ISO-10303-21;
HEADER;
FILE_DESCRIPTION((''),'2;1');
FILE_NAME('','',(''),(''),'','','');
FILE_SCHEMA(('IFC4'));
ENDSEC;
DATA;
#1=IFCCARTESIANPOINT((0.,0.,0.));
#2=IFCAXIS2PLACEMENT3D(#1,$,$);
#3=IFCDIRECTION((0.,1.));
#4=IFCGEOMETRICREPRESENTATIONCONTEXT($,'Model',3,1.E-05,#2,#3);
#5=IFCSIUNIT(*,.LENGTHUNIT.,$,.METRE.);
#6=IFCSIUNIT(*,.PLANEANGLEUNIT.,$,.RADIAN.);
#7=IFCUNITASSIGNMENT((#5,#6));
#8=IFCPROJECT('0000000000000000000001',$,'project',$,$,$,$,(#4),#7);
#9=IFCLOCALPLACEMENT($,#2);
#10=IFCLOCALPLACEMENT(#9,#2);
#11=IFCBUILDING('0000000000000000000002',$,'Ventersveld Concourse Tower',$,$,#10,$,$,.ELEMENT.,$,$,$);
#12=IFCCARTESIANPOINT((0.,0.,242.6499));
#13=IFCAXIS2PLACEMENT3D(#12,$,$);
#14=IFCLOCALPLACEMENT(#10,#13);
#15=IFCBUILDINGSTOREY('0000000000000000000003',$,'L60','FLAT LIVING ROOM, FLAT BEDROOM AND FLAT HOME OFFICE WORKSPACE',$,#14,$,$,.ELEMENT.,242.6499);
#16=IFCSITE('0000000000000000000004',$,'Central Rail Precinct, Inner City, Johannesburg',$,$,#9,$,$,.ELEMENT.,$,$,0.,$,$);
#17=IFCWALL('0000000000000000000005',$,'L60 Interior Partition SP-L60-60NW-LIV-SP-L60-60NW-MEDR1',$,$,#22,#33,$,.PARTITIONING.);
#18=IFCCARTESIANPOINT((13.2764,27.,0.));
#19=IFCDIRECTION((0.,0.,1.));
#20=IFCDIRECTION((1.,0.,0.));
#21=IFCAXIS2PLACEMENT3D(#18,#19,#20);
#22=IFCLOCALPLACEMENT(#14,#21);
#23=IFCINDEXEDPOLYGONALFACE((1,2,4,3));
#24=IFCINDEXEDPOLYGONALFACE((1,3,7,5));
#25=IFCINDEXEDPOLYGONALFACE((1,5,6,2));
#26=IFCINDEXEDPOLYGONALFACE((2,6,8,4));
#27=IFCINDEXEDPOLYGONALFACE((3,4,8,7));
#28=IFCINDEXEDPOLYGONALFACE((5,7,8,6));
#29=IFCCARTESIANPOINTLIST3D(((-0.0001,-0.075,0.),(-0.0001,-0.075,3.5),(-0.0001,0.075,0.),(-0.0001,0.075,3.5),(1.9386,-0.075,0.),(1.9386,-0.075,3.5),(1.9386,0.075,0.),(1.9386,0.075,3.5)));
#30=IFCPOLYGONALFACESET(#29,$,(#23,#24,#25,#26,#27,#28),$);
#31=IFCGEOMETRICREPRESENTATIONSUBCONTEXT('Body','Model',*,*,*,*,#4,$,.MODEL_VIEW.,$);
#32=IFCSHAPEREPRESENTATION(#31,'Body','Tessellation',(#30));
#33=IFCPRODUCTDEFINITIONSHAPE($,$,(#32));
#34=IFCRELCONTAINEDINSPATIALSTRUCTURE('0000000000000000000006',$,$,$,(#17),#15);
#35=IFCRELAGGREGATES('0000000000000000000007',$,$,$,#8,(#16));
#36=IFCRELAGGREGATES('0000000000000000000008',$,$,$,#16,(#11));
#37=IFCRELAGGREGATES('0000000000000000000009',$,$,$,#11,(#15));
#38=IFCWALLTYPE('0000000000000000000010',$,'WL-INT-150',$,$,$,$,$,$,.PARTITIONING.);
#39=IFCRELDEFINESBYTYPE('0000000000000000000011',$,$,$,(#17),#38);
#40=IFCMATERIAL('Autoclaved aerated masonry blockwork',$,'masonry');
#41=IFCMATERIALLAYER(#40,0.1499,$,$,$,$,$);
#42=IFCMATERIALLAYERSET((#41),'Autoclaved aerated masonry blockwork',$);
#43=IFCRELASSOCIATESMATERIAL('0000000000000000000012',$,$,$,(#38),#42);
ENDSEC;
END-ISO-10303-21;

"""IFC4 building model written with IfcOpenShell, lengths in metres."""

from ifc_helpers import new_model, si_unit, direction, frame, frame_2d, origin, place, context, subcontext, project, spatial, rectangle, extrude, material, layer, layer_set, type_object, element, save


model = new_model("IFC4")

# Units and contexts
model_context = context("Model", 3, precision=1e-05, world=origin(), true_north=direction((0.0, 1.0)))
body_context = subcontext(model_context, "Body", "Model", "MODEL_VIEW")
ifc_project = project(units=[si_unit("LENGTHUNIT", "METRE"), si_unit("PLANEANGLEUNIT", "RADIAN")], contexts=[model_context])

# Site, building, storey
site_placement = place(None, origin())
site = spatial("IfcSite", under=ifc_project, at=site_placement, Name="Central Rail Precinct, Inner City, Johannesburg", CompositionType="ELEMENT", RefElevation=0.0)
building_placement = place(site_placement, origin())
building = spatial("IfcBuilding", under=site, at=building_placement, Name="Ventersveld Concourse Tower", CompositionType="ELEMENT")
storey_placement = place(building_placement, frame((0.0, 0.0, 242.6499)))
storey = spatial("IfcBuildingStorey", under=building, at=storey_placement, Name="L60", Description="FLAT LIVING ROOM, FLAT BEDROOM AND FLAT HOME OFFICE WORKSPACE", CompositionType="ELEMENT", Elevation=242.6499)

# Wall
ifc_material_1 = material(Name="Autoclaved aerated masonry blockwork", Category="masonry")
ifc_layer_1 = layer(ifc_material_1, 0.1499)
ifc_layer_set_1 = layer_set([ifc_layer_1], Name="Autoclaved aerated masonry blockwork")
wall_type_1 = type_object("IfcWallType", Name="WL-INT-150", PredefinedType="PARTITIONING", material=ifc_layer_set_1)
wall_1_placement = place(storey_placement, frame((13.2764, 27.0, 0.0), z_axis=(0.0, 0.0, 1.0), x_axis=(1.0, 0.0, 0.0)))
element("IfcWall", 1, at=wall_1_placement, inside=storey, type_object=wall_type_1, Name="L60 Interior Partition SP-L60-60NW-LIV-SP-L60-60NW-MEDR1", PredefinedType="PARTITIONING", context=body_context, shape_type="SweptSolid", body=[
    extrude(rectangle(XDim=1.9387, YDim=0.1499, at=frame_2d((0.9692, 0.0))), origin(), (0.0, 0.0, 1.0), 3.5),
])

save(model, "model.ifc")
